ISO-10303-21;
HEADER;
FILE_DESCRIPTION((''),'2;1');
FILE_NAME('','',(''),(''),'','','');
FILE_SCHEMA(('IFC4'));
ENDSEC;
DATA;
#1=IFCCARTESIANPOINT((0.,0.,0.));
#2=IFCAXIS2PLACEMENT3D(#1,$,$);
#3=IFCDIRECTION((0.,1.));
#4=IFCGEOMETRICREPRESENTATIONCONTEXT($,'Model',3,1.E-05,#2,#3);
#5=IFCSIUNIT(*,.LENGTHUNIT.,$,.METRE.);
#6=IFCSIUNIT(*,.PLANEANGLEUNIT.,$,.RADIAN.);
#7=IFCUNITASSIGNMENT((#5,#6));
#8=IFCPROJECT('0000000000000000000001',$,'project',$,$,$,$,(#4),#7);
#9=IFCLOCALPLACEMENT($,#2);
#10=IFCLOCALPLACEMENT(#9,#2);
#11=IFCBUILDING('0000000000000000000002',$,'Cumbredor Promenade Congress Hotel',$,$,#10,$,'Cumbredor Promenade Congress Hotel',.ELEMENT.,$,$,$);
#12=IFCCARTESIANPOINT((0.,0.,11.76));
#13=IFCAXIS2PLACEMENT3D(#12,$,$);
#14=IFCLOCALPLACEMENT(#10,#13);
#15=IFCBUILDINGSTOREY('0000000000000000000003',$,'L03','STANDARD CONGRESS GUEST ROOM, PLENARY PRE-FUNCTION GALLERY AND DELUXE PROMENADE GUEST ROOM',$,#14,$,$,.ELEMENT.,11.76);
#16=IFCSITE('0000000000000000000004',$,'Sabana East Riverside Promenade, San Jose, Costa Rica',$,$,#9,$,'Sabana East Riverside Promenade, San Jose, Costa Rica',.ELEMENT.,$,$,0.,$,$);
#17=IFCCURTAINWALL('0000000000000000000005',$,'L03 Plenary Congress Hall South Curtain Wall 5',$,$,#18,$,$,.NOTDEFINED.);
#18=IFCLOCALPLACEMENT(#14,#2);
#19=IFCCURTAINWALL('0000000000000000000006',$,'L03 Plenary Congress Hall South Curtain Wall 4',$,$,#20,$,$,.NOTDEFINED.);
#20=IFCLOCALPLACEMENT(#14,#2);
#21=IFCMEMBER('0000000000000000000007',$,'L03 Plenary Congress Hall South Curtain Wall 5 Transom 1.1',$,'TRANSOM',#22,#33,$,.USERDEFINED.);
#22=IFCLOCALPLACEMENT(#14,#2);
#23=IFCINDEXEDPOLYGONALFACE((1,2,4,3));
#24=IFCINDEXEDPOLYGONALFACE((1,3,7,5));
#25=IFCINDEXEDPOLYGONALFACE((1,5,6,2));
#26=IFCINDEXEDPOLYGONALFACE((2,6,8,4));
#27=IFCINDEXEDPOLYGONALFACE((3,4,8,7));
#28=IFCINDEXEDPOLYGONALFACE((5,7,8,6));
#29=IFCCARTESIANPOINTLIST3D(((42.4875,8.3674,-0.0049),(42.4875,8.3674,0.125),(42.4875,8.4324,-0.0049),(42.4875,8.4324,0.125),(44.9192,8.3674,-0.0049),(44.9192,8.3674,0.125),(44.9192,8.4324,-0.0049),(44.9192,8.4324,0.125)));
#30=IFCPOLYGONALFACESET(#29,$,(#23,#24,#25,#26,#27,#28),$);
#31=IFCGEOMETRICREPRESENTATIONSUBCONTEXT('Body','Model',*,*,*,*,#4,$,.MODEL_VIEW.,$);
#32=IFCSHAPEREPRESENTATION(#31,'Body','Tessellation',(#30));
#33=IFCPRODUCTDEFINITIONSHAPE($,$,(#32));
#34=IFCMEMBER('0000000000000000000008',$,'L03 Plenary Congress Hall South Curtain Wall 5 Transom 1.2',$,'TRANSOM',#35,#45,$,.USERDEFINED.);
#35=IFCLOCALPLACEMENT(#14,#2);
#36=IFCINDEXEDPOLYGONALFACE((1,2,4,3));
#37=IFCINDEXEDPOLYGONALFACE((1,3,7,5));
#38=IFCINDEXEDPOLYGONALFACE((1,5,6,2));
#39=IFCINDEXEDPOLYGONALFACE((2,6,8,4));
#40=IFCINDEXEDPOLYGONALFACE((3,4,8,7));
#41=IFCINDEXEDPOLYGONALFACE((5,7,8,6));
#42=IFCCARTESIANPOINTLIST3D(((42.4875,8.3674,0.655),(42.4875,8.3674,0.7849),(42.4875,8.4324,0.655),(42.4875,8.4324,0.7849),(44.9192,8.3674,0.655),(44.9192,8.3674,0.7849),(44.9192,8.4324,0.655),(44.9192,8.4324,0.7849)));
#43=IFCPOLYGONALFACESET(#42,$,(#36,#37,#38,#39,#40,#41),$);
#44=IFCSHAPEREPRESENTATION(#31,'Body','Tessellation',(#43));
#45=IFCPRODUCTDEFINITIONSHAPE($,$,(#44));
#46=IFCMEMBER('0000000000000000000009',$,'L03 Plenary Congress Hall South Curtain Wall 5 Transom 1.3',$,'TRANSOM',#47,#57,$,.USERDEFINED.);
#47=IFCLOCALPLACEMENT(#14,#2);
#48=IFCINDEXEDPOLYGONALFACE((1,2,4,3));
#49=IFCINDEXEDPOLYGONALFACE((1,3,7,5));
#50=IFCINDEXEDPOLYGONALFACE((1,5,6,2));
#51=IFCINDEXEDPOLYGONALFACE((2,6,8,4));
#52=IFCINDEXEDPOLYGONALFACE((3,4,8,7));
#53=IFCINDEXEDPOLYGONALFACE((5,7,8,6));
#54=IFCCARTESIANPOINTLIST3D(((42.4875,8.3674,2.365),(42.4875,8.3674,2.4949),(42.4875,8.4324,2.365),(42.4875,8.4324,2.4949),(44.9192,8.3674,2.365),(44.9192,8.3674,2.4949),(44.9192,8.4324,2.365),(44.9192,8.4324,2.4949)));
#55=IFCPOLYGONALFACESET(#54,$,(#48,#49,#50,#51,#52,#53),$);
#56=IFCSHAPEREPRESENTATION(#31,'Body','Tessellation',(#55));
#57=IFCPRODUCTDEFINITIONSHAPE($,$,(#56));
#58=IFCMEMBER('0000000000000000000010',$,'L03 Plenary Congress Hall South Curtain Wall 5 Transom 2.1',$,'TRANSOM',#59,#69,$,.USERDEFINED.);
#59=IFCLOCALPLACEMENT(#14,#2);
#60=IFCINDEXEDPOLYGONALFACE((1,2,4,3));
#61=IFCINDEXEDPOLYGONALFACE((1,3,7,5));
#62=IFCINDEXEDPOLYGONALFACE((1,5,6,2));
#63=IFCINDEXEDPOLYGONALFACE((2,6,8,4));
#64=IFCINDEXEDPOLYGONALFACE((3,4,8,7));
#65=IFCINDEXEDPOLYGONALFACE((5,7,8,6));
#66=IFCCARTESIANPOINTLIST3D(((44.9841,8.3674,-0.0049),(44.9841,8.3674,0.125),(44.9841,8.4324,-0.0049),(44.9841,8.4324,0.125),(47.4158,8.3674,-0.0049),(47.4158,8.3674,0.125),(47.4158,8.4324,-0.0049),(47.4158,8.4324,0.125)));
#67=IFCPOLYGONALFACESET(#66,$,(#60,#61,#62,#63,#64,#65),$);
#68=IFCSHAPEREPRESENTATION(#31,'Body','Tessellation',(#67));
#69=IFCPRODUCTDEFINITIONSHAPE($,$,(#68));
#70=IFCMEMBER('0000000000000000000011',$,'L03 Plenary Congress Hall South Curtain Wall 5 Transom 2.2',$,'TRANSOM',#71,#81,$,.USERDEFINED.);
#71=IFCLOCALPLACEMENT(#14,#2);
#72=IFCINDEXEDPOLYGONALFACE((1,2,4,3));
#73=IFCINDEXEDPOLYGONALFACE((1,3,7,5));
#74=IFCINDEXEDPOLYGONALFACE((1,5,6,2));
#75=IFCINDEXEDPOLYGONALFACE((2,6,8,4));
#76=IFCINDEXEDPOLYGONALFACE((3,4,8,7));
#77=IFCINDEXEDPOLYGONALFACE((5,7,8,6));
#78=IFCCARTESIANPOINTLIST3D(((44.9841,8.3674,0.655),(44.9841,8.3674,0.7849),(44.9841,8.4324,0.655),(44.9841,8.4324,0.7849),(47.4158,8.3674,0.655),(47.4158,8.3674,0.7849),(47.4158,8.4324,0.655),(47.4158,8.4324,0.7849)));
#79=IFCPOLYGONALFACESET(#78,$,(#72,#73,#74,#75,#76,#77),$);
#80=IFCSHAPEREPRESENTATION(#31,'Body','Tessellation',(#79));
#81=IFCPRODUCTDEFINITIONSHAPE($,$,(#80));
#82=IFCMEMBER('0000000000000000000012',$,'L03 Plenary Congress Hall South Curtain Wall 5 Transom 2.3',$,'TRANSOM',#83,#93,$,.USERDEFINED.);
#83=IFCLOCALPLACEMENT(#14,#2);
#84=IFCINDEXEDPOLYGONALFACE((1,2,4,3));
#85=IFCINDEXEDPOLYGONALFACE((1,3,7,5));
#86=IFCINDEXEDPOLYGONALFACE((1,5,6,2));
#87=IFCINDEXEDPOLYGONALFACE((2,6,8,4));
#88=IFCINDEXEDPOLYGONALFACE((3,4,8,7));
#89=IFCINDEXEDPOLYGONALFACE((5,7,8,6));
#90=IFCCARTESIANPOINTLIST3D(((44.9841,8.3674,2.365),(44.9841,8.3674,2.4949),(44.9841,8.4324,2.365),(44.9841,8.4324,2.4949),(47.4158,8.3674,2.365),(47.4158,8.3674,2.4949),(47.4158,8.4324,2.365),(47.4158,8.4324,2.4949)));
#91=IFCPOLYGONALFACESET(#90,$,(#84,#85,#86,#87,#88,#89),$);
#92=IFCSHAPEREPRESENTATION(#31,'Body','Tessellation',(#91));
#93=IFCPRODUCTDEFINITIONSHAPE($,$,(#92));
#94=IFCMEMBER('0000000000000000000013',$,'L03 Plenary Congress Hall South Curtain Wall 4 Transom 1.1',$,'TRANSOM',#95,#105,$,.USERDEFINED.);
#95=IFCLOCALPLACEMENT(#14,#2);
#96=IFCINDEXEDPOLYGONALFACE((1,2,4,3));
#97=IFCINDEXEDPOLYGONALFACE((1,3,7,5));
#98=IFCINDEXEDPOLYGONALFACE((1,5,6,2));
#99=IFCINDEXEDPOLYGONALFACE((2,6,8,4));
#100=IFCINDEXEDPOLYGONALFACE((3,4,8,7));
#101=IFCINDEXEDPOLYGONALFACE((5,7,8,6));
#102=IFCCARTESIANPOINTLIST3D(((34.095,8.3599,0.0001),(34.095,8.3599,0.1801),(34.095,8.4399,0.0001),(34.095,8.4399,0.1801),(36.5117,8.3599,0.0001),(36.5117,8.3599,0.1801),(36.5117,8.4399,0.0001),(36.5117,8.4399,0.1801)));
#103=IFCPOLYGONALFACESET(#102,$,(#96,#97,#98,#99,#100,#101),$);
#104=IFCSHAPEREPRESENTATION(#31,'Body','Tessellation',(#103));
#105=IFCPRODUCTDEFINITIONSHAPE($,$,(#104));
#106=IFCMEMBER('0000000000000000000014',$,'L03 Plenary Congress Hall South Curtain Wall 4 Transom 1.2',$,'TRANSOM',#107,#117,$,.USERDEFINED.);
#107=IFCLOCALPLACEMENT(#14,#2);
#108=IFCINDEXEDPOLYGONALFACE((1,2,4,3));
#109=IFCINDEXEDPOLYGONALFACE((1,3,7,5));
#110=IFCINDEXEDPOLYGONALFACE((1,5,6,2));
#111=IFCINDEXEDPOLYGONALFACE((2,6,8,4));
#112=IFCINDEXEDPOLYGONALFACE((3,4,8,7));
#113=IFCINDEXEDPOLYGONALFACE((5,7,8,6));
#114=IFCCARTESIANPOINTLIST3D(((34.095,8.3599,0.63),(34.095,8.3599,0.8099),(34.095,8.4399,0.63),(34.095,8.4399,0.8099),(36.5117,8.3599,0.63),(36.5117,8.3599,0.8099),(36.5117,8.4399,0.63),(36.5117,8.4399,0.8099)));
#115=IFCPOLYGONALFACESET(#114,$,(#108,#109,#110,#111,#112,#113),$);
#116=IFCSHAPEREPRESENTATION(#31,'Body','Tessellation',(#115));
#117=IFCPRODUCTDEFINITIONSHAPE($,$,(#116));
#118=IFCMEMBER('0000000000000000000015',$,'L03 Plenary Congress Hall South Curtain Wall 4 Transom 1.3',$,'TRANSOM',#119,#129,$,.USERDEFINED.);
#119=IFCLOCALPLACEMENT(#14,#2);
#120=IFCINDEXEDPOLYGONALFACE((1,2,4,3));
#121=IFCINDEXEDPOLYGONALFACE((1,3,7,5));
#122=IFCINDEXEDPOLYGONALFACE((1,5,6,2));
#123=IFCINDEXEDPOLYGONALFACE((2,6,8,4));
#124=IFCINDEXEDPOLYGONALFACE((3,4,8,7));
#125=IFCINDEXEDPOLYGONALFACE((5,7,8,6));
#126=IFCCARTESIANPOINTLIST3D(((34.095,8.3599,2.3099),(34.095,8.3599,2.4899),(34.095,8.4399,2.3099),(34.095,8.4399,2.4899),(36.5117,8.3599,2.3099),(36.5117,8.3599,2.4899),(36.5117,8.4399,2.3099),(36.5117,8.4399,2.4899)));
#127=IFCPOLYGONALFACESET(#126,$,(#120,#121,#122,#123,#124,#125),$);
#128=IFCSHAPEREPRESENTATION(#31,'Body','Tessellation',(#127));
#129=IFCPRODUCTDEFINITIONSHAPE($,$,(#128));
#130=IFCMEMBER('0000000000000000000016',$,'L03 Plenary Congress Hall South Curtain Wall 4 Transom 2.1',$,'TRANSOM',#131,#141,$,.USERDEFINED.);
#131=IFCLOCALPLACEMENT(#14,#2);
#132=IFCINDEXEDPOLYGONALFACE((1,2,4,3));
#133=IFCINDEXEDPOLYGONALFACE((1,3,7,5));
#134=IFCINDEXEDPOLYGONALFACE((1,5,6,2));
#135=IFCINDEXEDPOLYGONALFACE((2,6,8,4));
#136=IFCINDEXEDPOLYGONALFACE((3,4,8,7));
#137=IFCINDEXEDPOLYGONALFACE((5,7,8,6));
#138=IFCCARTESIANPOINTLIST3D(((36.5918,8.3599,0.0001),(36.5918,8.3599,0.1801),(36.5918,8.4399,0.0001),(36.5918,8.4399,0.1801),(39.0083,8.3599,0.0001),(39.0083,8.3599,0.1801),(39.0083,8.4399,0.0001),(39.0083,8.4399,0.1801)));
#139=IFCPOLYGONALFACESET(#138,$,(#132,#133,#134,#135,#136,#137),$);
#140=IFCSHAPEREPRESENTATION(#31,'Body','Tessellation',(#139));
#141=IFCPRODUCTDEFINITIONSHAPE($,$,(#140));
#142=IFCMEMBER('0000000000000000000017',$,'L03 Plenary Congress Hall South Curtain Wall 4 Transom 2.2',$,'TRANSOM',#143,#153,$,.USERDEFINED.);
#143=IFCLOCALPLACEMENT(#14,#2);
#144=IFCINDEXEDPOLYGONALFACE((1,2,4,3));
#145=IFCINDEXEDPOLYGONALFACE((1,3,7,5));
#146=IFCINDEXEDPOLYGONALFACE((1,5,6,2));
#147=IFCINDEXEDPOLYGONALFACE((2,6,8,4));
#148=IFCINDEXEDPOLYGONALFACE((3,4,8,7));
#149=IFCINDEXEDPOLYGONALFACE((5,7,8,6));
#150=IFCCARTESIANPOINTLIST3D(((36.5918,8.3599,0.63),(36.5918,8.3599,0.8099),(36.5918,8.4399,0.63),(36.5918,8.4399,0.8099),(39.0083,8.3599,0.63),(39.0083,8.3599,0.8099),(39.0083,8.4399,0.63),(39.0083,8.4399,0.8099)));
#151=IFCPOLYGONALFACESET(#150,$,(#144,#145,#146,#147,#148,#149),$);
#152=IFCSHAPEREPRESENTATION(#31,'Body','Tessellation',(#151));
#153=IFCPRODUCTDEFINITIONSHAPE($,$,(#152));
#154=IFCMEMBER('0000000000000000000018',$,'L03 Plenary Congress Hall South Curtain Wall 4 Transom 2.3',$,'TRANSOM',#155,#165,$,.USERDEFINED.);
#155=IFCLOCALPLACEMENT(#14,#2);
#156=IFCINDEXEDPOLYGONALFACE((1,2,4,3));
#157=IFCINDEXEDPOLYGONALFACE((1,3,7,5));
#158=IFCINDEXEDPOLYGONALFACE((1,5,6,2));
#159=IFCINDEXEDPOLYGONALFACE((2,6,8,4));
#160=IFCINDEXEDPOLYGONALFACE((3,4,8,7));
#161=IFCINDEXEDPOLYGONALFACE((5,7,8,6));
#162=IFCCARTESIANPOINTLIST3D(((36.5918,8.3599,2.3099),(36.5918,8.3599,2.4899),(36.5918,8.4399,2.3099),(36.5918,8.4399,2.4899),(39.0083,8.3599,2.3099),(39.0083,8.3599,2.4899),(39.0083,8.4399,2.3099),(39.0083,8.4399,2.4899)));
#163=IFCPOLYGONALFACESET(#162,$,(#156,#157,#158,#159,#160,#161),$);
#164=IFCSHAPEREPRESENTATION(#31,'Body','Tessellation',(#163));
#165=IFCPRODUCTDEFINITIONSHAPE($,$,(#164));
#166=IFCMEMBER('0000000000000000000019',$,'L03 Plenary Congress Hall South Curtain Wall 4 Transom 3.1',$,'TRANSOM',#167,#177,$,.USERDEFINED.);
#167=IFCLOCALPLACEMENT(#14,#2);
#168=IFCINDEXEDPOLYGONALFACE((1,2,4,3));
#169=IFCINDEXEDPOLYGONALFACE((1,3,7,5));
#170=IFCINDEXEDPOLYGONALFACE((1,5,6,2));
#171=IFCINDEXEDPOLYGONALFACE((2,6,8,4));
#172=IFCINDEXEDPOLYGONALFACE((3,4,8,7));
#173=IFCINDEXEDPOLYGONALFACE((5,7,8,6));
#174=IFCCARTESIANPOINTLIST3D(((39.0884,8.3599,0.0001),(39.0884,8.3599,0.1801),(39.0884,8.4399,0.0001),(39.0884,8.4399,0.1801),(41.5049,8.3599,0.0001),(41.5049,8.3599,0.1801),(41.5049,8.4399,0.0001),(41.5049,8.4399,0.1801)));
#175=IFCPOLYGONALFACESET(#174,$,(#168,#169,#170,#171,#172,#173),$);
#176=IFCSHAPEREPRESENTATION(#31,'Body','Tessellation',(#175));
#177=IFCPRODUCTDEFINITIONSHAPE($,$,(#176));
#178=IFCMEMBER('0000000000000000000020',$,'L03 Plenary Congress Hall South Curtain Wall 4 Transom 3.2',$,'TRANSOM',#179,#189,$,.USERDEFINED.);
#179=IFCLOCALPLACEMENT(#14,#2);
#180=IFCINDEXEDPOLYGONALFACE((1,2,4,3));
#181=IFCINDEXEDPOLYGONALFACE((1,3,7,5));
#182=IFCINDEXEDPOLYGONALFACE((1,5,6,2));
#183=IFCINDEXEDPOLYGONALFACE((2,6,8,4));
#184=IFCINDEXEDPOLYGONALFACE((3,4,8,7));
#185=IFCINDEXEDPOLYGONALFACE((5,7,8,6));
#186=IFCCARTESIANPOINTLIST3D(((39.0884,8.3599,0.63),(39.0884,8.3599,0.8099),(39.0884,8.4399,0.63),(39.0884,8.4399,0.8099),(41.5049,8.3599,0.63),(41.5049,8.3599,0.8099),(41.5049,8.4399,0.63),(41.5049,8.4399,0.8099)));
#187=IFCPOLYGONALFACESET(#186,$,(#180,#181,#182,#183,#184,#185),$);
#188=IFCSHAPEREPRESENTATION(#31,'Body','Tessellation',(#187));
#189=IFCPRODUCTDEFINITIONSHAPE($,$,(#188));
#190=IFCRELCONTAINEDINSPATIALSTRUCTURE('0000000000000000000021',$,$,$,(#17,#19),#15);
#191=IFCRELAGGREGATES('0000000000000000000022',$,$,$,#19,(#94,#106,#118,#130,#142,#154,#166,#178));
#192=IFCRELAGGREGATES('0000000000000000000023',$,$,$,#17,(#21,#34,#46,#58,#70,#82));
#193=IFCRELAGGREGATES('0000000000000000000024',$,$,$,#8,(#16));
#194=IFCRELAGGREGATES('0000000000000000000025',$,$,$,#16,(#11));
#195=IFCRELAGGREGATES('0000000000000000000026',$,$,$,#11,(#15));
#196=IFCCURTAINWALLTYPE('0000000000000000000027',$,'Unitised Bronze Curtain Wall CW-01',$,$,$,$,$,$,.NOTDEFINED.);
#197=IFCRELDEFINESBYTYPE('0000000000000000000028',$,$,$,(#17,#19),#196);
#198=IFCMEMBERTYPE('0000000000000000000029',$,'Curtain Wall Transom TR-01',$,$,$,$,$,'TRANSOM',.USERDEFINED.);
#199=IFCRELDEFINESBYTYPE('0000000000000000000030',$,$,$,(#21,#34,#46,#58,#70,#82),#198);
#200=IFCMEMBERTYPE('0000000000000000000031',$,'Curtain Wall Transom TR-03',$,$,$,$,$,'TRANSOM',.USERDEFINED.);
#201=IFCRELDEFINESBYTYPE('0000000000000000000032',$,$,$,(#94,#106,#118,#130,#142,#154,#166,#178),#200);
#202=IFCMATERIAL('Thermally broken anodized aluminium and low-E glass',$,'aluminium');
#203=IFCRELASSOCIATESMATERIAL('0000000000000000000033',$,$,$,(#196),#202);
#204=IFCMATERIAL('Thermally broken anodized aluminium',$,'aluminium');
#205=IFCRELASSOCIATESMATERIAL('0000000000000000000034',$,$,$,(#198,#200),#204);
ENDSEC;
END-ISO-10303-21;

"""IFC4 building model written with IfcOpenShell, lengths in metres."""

from ifc_helpers import new_model, si_unit, direction, frame, origin, origin_2d, place, context, subcontext, project, spatial, rectangle, extrude, material, material_profile, profile_set, type_object, element, aggregate, save


model = new_model("IFC4")

# Units and contexts
model_context = context("Model", 3, precision=1e-05, world=origin(), true_north=direction((0.0, 1.0)))
body_context = subcontext(model_context, "Body", "Model", "MODEL_VIEW")
ifc_project = project(units=[si_unit("LENGTHUNIT", "METRE"), si_unit("PLANEANGLEUNIT", "RADIAN")], contexts=[model_context])

# Site, building, storey
site_placement = place(None, origin())
site = spatial("IfcSite", under=ifc_project, at=site_placement, Name="Sabana East Riverside Promenade, San Jose, Costa Rica", LongName="Sabana East Riverside Promenade, San Jose, Costa Rica", CompositionType="ELEMENT", RefElevation=0.0)
building_placement = place(site_placement, origin())
building = spatial("IfcBuilding", under=site, at=building_placement, Name="Cumbredor Promenade Congress Hotel", LongName="Cumbredor Promenade Congress Hotel", CompositionType="ELEMENT")
storey_placement = place(building_placement, frame((0.0, 0.0, 11.76)))
storey = spatial("IfcBuildingStorey", under=building, at=storey_placement, Name="L03", Description="STANDARD CONGRESS GUEST ROOM, PLENARY PRE-FUNCTION GALLERY AND DELUXE PROMENADE GUEST ROOM", CompositionType="ELEMENT", Elevation=11.76)

# Curtain walls
ifc_material_1 = material(Name="Thermally broken anodized aluminium and low-E glass", Category="aluminium")
curtain_wall_type_1 = type_object("IfcCurtainWallType", Name="Unitised Bronze Curtain Wall CW-01", PredefinedType="NOTDEFINED", material=ifc_material_1)
curtain_wall_1_placement = place(storey_placement, origin())
curtain_wall_1 = element("IfcCurtainWall", 1, at=curtain_wall_1_placement, inside=storey, type_object=curtain_wall_type_1, Name="L03 Plenary Congress Hall South Curtain Wall 5", PredefinedType="NOTDEFINED")
ifc_material_2 = material(Name="Thermally broken anodized aluminium", Category="aluminium")
curtain_wall_2_placement = place(storey_placement, origin())
curtain_wall_2 = element("IfcCurtainWall", 2, at=curtain_wall_2_placement, inside=storey, type_object=curtain_wall_type_1, Name="L03 Plenary Congress Hall South Curtain Wall 4", PredefinedType="NOTDEFINED")

# Members
ifc_material_profile_1 = material_profile(ifc_material_2, rectangle(XDim=0.0649, YDim=0.1299, at=origin_2d()), Name="ALU TRANSOM 65x130")
ifc_profile_set_1 = profile_set([ifc_material_profile_1], Name="Thermally broken anodized aluminium")
member_type_1 = type_object("IfcMemberType", Name="Curtain Wall Transom TR-01", ElementType="TRANSOM", PredefinedType="USERDEFINED", material=ifc_profile_set_1)
member_1_placement = place(storey_placement, frame((42.4875, 8.3999, 0.0601), z_axis=(1.0, 0.0, 0.0), x_axis=(0.0, 1.0, 0.0)))
member_1 = element("IfcMember", 3, at=member_1_placement, type_object=member_type_1, Name="L03 Plenary Congress Hall South Curtain Wall 5 Transom 1.1", ObjectType="TRANSOM", PredefinedType="USERDEFINED", context=body_context, shape_type="SweptSolid", body=[
    extrude(rectangle(XDim=0.0649, YDim=0.1299, at=origin_2d()), origin(), (0.0, 0.0, 1.0), 2.4316),
])
member_2_placement = place(storey_placement, frame((42.4875, 8.3999, 0.72), z_axis=(1.0, 0.0, 0.0), x_axis=(0.0, 1.0, 0.0)))
member_2 = element("IfcMember", 4, at=member_2_placement, type_object=member_type_1, Name="L03 Plenary Congress Hall South Curtain Wall 5 Transom 1.2", ObjectType="TRANSOM", PredefinedType="USERDEFINED", context=body_context, shape_type="SweptSolid", body=[
    extrude(rectangle(XDim=0.0649, YDim=0.1299, at=origin_2d()), origin(), (0.0, 0.0, 1.0), 2.4316),
])
member_3_placement = place(storey_placement, frame((42.4875, 8.3999, 2.4299), z_axis=(1.0, 0.0, 0.0), x_axis=(0.0, 1.0, 0.0)))
member_3 = element("IfcMember", 5, at=member_3_placement, type_object=member_type_1, Name="L03 Plenary Congress Hall South Curtain Wall 5 Transom 1.3", ObjectType="TRANSOM", PredefinedType="USERDEFINED", context=body_context, shape_type="SweptSolid", body=[
    extrude(rectangle(XDim=0.0649, YDim=0.1299, at=origin_2d()), origin(), (0.0, 0.0, 1.0), 2.4316),
])
member_4_placement = place(storey_placement, frame((44.9841, 8.3999, 0.0601), z_axis=(1.0, 0.0, 0.0), x_axis=(0.0, 1.0, 0.0)))
member_4 = element("IfcMember", 6, at=member_4_placement, type_object=member_type_1, Name="L03 Plenary Congress Hall South Curtain Wall 5 Transom 2.1", ObjectType="TRANSOM", PredefinedType="USERDEFINED", context=body_context, shape_type="SweptSolid", body=[
    extrude(rectangle(XDim=0.0649, YDim=0.1299, at=origin_2d()), origin(), (0.0, 0.0, 1.0), 2.4316),
])
member_5_placement = place(storey_placement, frame((44.9841, 8.3999, 0.72), z_axis=(1.0, 0.0, 0.0), x_axis=(0.0, 1.0, 0.0)))
member_5 = element("IfcMember", 7, at=member_5_placement, type_object=member_type_1, Name="L03 Plenary Congress Hall South Curtain Wall 5 Transom 2.2", ObjectType="TRANSOM", PredefinedType="USERDEFINED", context=body_context, shape_type="SweptSolid", body=[
    extrude(rectangle(XDim=0.0649, YDim=0.1299, at=origin_2d()), origin(), (0.0, 0.0, 1.0), 2.4316),
])
member_6_placement = place(storey_placement, frame((44.9841, 8.3999, 2.4299), z_axis=(1.0, 0.0, 0.0), x_axis=(0.0, 1.0, 0.0)))
member_6 = element("IfcMember", 8, at=member_6_placement, type_object=member_type_1, Name="L03 Plenary Congress Hall South Curtain Wall 5 Transom 2.3", ObjectType="TRANSOM", PredefinedType="USERDEFINED", context=body_context, shape_type="SweptSolid", body=[
    extrude(rectangle(XDim=0.0649, YDim=0.1299, at=origin_2d()), origin(), (0.0, 0.0, 1.0), 2.4316),
])
ifc_material_profile_2 = material_profile(ifc_material_2, rectangle(XDim=0.0801, YDim=0.1799, at=origin_2d()), Name="ALU TRANSOM 80x180")
ifc_profile_set_2 = profile_set([ifc_material_profile_2], Name="Thermally broken anodized aluminium")
member_type_2 = type_object("IfcMemberType", Name="Curtain Wall Transom TR-03", ElementType="TRANSOM", PredefinedType="USERDEFINED", material=ifc_profile_set_2)
member_7_placement = place(storey_placement, frame((34.095, 8.3999, 0.0901), z_axis=(1.0, 0.0, 0.0), x_axis=(0.0, 1.0, 0.0)))
member_7 = element("IfcMember", 9, at=member_7_placement, type_object=member_type_2, Name="L03 Plenary Congress Hall South Curtain Wall 4 Transom 1.1", ObjectType="TRANSOM", PredefinedType="USERDEFINED", context=body_context, shape_type="SweptSolid", body=[
    extrude(rectangle(XDim=0.0801, YDim=0.1799, at=origin_2d()), origin(), (0.0, 0.0, 1.0), 2.4167),
])
member_8_placement = place(storey_placement, frame((34.095, 8.3999, 0.72), z_axis=(1.0, 0.0, 0.0), x_axis=(0.0, 1.0, 0.0)))
member_8 = element("IfcMember", 10, at=member_8_placement, type_object=member_type_2, Name="L03 Plenary Congress Hall South Curtain Wall 4 Transom 1.2", ObjectType="TRANSOM", PredefinedType="USERDEFINED", context=body_context, shape_type="SweptSolid", body=[
    extrude(rectangle(XDim=0.0801, YDim=0.1799, at=origin_2d()), origin(), (0.0, 0.0, 1.0), 2.4167),
])
member_9_placement = place(storey_placement, frame((34.095, 8.3999, 2.3999), z_axis=(1.0, 0.0, 0.0), x_axis=(0.0, 1.0, 0.0)))
member_9 = element("IfcMember", 11, at=member_9_placement, type_object=member_type_2, Name="L03 Plenary Congress Hall South Curtain Wall 4 Transom 1.3", ObjectType="TRANSOM", PredefinedType="USERDEFINED", context=body_context, shape_type="SweptSolid", body=[
    extrude(rectangle(XDim=0.0801, YDim=0.1799, at=origin_2d()), origin(), (0.0, 0.0, 1.0), 2.4167),
])
member_10_placement = place(storey_placement, frame((36.5918, 8.3999, 0.0901), z_axis=(1.0, 0.0, 0.0), x_axis=(0.0, 1.0, 0.0)))
member_10 = element("IfcMember", 12, at=member_10_placement, type_object=member_type_2, Name="L03 Plenary Congress Hall South Curtain Wall 4 Transom 2.1", ObjectType="TRANSOM", PredefinedType="USERDEFINED", context=body_context, shape_type="SweptSolid", body=[
    extrude(rectangle(XDim=0.0801, YDim=0.1799, at=origin_2d()), origin(), (0.0, 0.0, 1.0), 2.4165),
])
member_11_placement = place(storey_placement, frame((36.5918, 8.3999, 0.72), z_axis=(1.0, 0.0, 0.0), x_axis=(0.0, 1.0, 0.0)))
member_11 = element("IfcMember", 13, at=member_11_placement, type_object=member_type_2, Name="L03 Plenary Congress Hall South Curtain Wall 4 Transom 2.2", ObjectType="TRANSOM", PredefinedType="USERDEFINED", context=body_context, shape_type="SweptSolid", body=[
    extrude(rectangle(XDim=0.0801, YDim=0.1799, at=origin_2d()), origin(), (0.0, 0.0, 1.0), 2.4165),
])
member_12_placement = place(storey_placement, frame((36.5918, 8.3999, 2.3999), z_axis=(1.0, 0.0, 0.0), x_axis=(0.0, 1.0, 0.0)))
member_12 = element("IfcMember", 14, at=member_12_placement, type_object=member_type_2, Name="L03 Plenary Congress Hall South Curtain Wall 4 Transom 2.3", ObjectType="TRANSOM", PredefinedType="USERDEFINED", context=body_context, shape_type="SweptSolid", body=[
    extrude(rectangle(XDim=0.0801, YDim=0.1799, at=origin_2d()), origin(), (0.0, 0.0, 1.0), 2.4165),
])
member_13_placement = place(storey_placement, frame((39.0884, 8.3999, 0.0901), z_axis=(1.0, 0.0, 0.0), x_axis=(0.0, 1.0, 0.0)))
member_13 = element("IfcMember", 15, at=member_13_placement, type_object=member_type_2, Name="L03 Plenary Congress Hall South Curtain Wall 4 Transom 3.1", ObjectType="TRANSOM", PredefinedType="USERDEFINED", context=body_context, shape_type="SweptSolid", body=[
    extrude(rectangle(XDim=0.0801, YDim=0.1799, at=origin_2d()), origin(), (0.0, 0.0, 1.0), 2.4165),
])
member_14_placement = place(storey_placement, frame((39.0884, 8.3999, 0.72), z_axis=(1.0, 0.0, 0.0), x_axis=(0.0, 1.0, 0.0)))
member_14 = element("IfcMember", 16, at=member_14_placement, type_object=member_type_2, Name="L03 Plenary Congress Hall South Curtain Wall 4 Transom 3.2", ObjectType="TRANSOM", PredefinedType="USERDEFINED", context=body_context, shape_type="SweptSolid", body=[
    extrude(rectangle(XDim=0.0801, YDim=0.1799, at=origin_2d()), origin(), (0.0, 0.0, 1.0), 2.4165),
])

aggregate(curtain_wall_2, [member_7, member_8, member_9, member_10, member_11, member_12, member_13, member_14])
aggregate(curtain_wall_1, [member_1, member_2, member_3, member_4, member_5, member_6])

save(model, "model.ifc")
